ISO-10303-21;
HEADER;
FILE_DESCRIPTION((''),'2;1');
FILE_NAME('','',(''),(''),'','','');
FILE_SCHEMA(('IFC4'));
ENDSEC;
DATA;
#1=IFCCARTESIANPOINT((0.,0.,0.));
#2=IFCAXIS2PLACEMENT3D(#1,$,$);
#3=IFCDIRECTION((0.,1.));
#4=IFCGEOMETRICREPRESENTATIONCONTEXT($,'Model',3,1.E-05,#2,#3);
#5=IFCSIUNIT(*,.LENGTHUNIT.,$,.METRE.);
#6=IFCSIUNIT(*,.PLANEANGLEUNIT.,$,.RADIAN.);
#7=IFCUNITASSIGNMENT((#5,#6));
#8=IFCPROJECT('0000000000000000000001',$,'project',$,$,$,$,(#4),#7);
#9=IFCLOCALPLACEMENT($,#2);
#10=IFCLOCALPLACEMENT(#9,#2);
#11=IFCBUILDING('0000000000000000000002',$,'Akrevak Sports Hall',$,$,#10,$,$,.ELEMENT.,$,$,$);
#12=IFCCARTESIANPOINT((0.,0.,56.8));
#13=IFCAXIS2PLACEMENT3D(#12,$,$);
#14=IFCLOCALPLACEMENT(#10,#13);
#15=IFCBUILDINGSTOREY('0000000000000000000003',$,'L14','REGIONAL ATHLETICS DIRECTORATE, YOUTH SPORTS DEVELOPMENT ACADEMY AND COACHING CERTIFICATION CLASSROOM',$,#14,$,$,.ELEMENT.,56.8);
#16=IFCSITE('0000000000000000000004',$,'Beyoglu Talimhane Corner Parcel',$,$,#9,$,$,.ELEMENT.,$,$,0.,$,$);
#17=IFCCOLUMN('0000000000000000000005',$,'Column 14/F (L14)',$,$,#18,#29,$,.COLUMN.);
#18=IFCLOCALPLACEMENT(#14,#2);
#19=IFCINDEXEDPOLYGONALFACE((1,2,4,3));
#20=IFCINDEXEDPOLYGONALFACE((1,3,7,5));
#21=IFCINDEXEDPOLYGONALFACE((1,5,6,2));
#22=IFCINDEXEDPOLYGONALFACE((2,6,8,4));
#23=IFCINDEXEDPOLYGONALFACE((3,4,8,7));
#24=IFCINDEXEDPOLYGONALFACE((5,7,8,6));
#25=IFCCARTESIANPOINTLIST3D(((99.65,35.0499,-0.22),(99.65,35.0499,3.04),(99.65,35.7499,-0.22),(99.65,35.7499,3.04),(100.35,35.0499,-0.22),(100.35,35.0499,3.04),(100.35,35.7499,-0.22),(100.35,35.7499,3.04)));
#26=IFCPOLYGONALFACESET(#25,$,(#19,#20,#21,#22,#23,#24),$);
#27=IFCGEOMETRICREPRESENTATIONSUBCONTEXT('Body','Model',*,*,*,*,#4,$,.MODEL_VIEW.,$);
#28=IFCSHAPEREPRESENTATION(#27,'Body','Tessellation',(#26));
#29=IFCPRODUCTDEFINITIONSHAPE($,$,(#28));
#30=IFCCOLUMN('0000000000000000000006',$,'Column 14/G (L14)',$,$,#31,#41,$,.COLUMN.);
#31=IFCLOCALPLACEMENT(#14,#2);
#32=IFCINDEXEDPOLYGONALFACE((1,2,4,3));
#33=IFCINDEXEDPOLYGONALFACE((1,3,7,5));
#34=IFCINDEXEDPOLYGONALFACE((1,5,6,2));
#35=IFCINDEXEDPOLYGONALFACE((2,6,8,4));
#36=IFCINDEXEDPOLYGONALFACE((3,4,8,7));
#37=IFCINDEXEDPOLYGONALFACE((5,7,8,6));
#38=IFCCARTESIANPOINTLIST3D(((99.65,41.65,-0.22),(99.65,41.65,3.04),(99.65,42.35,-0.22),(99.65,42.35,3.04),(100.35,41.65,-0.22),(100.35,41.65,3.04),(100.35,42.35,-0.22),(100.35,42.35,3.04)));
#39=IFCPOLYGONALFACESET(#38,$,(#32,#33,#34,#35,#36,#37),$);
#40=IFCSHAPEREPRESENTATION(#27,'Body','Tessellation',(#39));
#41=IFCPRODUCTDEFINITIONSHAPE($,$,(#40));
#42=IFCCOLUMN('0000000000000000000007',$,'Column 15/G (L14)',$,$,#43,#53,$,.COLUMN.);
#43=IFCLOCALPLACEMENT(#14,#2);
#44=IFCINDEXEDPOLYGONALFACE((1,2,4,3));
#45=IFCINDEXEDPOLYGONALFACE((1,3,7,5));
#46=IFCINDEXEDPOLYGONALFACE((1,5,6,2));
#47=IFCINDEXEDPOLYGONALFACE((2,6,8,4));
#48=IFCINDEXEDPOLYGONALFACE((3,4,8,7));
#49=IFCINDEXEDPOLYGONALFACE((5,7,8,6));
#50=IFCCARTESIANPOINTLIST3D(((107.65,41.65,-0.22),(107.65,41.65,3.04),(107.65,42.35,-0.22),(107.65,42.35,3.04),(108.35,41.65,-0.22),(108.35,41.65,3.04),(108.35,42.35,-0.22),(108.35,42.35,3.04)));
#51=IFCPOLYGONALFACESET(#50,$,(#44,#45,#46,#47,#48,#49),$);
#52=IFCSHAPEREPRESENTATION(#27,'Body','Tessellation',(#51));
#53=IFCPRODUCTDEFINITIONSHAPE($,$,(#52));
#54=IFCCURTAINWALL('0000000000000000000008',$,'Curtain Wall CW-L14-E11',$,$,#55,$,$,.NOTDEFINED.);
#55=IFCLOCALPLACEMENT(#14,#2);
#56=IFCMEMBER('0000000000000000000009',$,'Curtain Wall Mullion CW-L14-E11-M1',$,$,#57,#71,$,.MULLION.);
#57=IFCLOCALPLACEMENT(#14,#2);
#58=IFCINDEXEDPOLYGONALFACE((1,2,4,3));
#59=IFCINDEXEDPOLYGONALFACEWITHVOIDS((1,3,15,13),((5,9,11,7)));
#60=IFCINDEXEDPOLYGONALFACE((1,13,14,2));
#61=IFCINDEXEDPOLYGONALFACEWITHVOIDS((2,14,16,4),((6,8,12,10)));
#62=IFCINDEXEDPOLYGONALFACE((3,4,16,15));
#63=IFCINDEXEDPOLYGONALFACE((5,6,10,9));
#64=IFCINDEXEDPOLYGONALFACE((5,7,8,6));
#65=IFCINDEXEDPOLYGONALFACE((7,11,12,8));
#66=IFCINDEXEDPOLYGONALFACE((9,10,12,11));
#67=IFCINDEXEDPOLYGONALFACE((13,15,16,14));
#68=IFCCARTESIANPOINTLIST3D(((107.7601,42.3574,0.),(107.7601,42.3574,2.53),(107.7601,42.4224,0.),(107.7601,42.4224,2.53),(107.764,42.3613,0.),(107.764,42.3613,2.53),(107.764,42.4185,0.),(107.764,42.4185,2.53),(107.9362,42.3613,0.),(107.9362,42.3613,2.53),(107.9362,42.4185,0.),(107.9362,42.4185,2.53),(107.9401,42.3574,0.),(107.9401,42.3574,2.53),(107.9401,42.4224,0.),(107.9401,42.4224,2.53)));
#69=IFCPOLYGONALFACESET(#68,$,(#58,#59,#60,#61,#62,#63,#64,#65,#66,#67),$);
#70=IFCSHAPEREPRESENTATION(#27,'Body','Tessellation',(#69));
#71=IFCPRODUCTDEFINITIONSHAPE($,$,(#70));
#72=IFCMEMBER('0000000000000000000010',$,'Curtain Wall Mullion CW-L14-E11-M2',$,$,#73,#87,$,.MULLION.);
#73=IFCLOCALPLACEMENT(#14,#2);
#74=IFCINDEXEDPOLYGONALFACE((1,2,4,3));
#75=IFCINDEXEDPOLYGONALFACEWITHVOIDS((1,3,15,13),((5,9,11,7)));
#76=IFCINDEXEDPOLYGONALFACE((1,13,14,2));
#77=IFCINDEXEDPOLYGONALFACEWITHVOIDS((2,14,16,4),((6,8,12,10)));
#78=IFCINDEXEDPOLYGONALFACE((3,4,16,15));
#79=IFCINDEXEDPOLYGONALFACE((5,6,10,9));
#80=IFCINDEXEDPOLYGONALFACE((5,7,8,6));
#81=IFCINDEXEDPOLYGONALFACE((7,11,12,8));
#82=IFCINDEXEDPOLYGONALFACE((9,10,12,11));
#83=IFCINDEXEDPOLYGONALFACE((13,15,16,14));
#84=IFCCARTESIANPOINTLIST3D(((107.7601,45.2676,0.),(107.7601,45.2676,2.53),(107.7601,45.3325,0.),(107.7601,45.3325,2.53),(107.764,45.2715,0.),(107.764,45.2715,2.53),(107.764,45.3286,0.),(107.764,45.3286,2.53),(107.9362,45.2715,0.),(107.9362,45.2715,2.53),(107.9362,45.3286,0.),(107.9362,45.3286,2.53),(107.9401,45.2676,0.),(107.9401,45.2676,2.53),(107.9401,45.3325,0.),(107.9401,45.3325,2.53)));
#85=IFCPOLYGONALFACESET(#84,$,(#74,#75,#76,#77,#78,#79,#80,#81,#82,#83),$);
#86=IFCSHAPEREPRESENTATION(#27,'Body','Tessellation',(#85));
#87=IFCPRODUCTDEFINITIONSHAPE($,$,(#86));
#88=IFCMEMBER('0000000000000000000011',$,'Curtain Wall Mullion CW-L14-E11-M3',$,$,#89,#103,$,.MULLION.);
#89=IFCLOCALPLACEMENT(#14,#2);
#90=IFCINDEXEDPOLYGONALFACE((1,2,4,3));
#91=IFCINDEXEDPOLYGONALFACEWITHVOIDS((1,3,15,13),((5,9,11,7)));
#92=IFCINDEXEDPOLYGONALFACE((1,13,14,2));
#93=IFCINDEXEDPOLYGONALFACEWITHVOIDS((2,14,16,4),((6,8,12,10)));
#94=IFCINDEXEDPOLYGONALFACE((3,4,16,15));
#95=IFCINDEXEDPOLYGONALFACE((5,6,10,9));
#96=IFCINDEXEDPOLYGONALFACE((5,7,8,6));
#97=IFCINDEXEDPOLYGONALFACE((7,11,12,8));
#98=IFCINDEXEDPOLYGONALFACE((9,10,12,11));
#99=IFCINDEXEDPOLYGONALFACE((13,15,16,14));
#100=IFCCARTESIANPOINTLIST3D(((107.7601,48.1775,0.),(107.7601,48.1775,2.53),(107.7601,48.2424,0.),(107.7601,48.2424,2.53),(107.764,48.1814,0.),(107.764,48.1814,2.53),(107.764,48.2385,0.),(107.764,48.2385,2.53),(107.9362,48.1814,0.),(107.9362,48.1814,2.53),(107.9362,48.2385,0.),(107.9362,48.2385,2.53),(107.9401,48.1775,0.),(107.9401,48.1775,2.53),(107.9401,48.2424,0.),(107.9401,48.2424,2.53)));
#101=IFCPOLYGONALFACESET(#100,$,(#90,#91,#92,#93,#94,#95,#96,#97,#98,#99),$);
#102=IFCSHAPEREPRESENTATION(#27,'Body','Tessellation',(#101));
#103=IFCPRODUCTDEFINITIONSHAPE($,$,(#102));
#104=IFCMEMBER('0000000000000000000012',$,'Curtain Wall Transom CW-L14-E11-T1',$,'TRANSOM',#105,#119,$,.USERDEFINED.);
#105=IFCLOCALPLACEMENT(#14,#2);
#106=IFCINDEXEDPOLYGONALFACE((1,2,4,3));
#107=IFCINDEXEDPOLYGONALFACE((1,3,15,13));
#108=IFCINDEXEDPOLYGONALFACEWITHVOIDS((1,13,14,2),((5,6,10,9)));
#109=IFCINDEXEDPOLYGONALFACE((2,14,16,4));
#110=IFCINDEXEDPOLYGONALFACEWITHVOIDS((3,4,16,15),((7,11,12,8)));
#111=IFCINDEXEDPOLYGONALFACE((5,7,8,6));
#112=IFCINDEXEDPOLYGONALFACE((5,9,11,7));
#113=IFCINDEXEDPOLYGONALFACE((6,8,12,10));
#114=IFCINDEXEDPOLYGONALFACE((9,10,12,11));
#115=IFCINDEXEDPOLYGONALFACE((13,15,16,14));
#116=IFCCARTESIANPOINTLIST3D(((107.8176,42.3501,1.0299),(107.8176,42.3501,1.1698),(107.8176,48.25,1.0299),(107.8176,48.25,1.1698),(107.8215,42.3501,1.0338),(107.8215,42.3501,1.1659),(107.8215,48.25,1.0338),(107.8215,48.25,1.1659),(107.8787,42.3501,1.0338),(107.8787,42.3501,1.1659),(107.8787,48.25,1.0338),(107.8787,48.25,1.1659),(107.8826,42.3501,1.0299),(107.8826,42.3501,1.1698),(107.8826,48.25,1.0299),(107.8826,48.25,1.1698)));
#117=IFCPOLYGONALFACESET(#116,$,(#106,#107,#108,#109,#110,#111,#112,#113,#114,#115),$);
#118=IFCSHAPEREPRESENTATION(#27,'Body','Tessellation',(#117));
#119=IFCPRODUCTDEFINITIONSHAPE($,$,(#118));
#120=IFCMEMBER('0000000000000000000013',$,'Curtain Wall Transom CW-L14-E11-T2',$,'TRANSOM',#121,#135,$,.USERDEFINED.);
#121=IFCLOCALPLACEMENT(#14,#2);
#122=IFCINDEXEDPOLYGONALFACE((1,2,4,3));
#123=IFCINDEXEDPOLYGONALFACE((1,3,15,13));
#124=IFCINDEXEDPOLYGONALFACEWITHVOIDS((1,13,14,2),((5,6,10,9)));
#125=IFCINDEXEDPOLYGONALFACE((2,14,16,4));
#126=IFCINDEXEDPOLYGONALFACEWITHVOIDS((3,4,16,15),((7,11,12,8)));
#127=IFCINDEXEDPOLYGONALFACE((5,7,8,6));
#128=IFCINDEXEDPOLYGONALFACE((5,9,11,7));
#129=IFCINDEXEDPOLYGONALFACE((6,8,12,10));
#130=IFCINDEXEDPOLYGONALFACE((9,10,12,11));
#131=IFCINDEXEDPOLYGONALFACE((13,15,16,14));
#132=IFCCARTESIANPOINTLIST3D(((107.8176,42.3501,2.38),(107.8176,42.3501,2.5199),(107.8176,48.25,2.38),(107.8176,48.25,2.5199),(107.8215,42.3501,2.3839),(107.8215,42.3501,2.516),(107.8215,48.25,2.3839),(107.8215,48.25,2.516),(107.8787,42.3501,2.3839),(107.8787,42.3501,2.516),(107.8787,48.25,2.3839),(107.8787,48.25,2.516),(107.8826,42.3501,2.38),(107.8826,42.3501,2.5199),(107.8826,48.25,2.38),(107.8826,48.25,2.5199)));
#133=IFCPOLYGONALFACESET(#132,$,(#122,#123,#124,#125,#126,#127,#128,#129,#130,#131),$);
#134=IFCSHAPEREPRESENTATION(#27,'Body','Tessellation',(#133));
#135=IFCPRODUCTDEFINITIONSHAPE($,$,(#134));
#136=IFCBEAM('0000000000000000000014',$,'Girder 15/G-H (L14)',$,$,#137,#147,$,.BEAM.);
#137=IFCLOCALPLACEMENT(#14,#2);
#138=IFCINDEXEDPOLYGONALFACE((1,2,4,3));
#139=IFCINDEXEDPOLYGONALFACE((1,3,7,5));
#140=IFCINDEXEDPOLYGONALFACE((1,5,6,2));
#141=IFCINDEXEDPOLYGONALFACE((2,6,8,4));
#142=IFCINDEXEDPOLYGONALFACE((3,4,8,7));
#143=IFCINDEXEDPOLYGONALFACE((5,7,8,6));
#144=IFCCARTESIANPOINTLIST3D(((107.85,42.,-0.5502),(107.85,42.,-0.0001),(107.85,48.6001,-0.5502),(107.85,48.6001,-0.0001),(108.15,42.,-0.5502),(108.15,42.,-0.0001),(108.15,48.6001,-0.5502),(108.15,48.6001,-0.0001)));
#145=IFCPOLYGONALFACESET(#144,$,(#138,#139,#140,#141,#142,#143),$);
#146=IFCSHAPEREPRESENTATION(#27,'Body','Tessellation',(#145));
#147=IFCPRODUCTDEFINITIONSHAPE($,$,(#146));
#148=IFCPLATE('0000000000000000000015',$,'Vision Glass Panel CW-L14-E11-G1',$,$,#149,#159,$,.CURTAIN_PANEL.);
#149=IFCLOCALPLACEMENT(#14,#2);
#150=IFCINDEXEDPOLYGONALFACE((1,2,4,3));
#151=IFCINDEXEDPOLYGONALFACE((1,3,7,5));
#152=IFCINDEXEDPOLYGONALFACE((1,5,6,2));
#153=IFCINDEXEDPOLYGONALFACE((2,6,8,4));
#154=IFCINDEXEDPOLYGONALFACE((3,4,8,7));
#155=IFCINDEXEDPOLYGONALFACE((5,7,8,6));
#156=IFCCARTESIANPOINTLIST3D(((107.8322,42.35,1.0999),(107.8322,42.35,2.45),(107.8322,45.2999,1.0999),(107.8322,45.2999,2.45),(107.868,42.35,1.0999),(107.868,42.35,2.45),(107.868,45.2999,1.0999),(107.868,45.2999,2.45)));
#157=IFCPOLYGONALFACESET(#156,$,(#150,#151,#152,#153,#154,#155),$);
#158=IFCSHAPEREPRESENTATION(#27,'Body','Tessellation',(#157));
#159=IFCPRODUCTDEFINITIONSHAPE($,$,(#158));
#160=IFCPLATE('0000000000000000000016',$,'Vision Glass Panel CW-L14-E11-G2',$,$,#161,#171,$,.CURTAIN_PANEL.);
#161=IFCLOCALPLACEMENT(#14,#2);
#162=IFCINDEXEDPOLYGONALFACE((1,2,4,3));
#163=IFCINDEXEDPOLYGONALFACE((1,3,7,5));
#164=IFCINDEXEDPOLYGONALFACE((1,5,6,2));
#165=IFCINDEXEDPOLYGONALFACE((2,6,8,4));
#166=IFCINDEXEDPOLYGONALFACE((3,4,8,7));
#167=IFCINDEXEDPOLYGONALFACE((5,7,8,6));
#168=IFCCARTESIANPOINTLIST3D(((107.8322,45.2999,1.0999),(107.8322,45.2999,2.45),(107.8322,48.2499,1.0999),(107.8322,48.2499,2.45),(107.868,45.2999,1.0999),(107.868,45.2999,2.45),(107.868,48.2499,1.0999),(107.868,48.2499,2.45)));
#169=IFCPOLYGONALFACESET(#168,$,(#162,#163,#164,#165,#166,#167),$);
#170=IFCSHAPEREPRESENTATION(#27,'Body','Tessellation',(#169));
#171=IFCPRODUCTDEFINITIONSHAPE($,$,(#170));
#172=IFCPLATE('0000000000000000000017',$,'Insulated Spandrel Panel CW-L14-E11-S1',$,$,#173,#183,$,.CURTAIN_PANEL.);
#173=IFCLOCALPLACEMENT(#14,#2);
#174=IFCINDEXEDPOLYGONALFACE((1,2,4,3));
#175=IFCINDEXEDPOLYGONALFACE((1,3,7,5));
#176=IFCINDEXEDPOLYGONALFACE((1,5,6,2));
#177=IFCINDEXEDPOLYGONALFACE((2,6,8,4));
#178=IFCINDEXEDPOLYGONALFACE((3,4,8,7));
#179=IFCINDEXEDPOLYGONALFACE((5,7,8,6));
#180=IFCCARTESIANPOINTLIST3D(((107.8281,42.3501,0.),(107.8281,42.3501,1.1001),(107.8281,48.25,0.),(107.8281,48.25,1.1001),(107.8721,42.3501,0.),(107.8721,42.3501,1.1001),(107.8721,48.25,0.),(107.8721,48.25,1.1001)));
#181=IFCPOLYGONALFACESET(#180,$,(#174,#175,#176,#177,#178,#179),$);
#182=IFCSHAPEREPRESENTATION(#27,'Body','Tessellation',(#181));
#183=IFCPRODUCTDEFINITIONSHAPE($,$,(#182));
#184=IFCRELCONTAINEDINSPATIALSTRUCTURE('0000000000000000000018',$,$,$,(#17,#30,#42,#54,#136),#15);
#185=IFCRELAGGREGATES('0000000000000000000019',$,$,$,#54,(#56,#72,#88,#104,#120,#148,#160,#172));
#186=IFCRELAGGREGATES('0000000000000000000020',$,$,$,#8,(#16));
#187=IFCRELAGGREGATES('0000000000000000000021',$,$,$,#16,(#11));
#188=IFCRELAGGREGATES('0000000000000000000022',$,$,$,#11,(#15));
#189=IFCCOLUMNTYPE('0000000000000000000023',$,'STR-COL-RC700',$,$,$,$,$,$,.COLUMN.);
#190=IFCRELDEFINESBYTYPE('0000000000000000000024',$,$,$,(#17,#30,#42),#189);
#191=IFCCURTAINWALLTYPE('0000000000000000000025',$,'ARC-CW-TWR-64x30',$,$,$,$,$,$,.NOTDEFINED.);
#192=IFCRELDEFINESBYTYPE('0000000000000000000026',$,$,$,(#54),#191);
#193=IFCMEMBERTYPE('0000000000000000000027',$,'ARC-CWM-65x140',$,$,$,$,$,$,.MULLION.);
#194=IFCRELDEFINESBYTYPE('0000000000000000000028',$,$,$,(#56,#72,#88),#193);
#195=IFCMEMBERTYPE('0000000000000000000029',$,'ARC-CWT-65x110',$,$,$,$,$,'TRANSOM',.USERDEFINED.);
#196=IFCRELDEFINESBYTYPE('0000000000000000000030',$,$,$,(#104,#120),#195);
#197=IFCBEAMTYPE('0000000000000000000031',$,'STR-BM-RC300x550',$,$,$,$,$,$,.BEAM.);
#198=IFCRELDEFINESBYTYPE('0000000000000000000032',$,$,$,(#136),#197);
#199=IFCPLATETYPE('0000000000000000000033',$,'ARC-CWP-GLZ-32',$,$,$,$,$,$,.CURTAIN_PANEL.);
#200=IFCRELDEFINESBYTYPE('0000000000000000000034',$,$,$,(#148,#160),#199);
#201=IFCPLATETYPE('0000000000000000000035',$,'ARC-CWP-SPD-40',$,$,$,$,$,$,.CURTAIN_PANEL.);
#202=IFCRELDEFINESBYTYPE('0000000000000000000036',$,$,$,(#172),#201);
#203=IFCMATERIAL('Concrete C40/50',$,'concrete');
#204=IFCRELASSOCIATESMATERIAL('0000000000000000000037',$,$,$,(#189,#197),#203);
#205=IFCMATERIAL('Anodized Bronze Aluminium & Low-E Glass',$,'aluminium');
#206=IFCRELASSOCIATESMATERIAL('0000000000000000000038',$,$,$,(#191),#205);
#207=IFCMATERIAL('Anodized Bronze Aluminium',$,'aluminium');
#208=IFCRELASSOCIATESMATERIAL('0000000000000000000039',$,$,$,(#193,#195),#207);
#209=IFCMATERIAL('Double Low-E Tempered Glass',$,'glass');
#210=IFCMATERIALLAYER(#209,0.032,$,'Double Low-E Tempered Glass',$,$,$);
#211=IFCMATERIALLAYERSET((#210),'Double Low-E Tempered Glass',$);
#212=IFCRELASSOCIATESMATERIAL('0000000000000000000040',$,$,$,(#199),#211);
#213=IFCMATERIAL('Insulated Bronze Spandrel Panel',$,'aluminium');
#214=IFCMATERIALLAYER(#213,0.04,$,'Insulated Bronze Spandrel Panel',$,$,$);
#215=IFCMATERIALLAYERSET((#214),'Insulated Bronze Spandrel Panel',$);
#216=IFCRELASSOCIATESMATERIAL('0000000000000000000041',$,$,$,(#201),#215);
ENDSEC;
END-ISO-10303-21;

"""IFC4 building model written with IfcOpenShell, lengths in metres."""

from ifc_helpers import new_model, si_unit, direction, frame, origin, origin_2d, place, context, subcontext, project, spatial, rectangle, hollow_rectangle, extrude, material, layer, layer_set, material_profile, profile_set, type_object, element, aggregate, save


model = new_model("IFC4")

# Units and contexts
model_context = context("Model", 3, precision=1e-05, world=origin(), true_north=direction((0.0, 1.0)))
body_context = subcontext(model_context, "Body", "Model", "MODEL_VIEW")
ifc_project = project(units=[si_unit("LENGTHUNIT", "METRE"), si_unit("PLANEANGLEUNIT", "RADIAN")], contexts=[model_context])

# Site, building, storey
site_placement = place(None, origin())
site = spatial("IfcSite", under=ifc_project, at=site_placement, Name="Beyoglu Talimhane Corner Parcel", CompositionType="ELEMENT", RefElevation=0.0)
building_placement = place(site_placement, origin())
building = spatial("IfcBuilding", under=site, at=building_placement, Name="Akrevak Sports Hall", CompositionType="ELEMENT")
storey_placement = place(building_placement, frame((0.0, 0.0, 56.8)))
storey = spatial("IfcBuildingStorey", under=building, at=storey_placement, Name="L14", Description="REGIONAL ATHLETICS DIRECTORATE, YOUTH SPORTS DEVELOPMENT ACADEMY AND COACHING CERTIFICATION CLASSROOM", CompositionType="ELEMENT", Elevation=56.8)

# Columns
ifc_material_1 = material(Name="Concrete C40/50", Category="concrete")
ifc_material_profile_1 = material_profile(ifc_material_1, rectangle(XDim=0.7, YDim=0.7, at=origin_2d()), Name="RC 700x700", Category="concrete")
ifc_profile_set_1 = profile_set([ifc_material_profile_1], Name="Concrete C40/50")
column_type = type_object("IfcColumnType", Name="STR-COL-RC700", PredefinedType="COLUMN", material=ifc_profile_set_1)
for number, where, z_axis, x_axis, name in (
    (1, (100.0, 35.3999, -0.22), (0.0, 0.0, 1.0), (1.0, 0.0, 0.0), "Column 14/F (L14)"),
    (2, (100.0, 42.0, -0.22), (0.0, 0.0, 1.0), (1.0, 0.0, 0.0), "Column 14/G (L14)"),
    (3, (108.0, 42.0, -0.22), (0.0, 0.0, 1.0), (1.0, 0.0, 0.0), "Column 15/G (L14)"),
):
    element("IfcColumn", number, at=place(storey_placement, frame(where, z_axis=z_axis, x_axis=x_axis)), inside=storey, type_object=column_type, Name=name, PredefinedType="COLUMN", context=body_context, shape_type="SweptSolid", body=[
        extrude(rectangle(XDim=0.7, YDim=0.7, at=origin_2d()), origin(), (0.0, 0.0, 1.0), 3.26),
    ])

# Curtain wall, members
ifc_material_2 = material(Name="Anodized Bronze Aluminium & Low-E Glass", Category="aluminium")
curtain_wall_type = type_object("IfcCurtainWallType", Name="ARC-CW-TWR-64x30", PredefinedType="NOTDEFINED", material=ifc_material_2)
curtain_wall_placement = place(storey_placement, origin())
curtain_wall = element("IfcCurtainWall", 4, at=curtain_wall_placement, inside=storey, type_object=curtain_wall_type, Name="Curtain Wall CW-L14-E11", PredefinedType="NOTDEFINED")
ifc_material_3 = material(Name="Anodized Bronze Aluminium", Category="aluminium")
ifc_material_profile_2 = material_profile(ifc_material_3, hollow_rectangle(XDim=0.0649, YDim=0.1799, WallThickness=0.0039, at=origin_2d()), Name="CWM 65x180", Category="aluminium")
ifc_profile_set_2 = profile_set([ifc_material_profile_2], Name="Anodized Bronze Aluminium")
member_type_1 = type_object("IfcMemberType", Name="ARC-CWM-65x140", PredefinedType="MULLION", material=ifc_profile_set_2)
member_1_placement = place(storey_placement, frame((107.8501, 42.3899, 0.0), z_axis=(0.0, 0.0, 1.0), x_axis=(0.0, 1.0, 0.0)))
member_1 = element("IfcMember", 5, at=member_1_placement, type_object=member_type_1, Name="Curtain Wall Mullion CW-L14-E11-M1", PredefinedType="MULLION", context=body_context, shape_type="SweptSolid", body=[
    extrude(hollow_rectangle(XDim=0.0649, YDim=0.1799, WallThickness=0.0039, at=origin_2d()), origin(), (0.0, 0.0, 1.0), 2.53),
])
member_2_placement = place(storey_placement, frame((107.8501, 45.3, 0.0), z_axis=(0.0, 0.0, 1.0), x_axis=(0.0, 1.0, 0.0)))
member_2 = element("IfcMember", 6, at=member_2_placement, type_object=member_type_1, Name="Curtain Wall Mullion CW-L14-E11-M2", PredefinedType="MULLION", context=body_context, shape_type="SweptSolid", body=[
    extrude(hollow_rectangle(XDim=0.0649, YDim=0.1799, WallThickness=0.0039, at=origin_2d()), origin(), (0.0, 0.0, 1.0), 2.53),
])
member_3_placement = place(storey_placement, frame((107.8501, 48.21, 0.0), z_axis=(0.0, 0.0, 1.0), x_axis=(0.0, 1.0, 0.0)))
member_3 = element("IfcMember", 7, at=member_3_placement, type_object=member_type_1, Name="Curtain Wall Mullion CW-L14-E11-M3", PredefinedType="MULLION", context=body_context, shape_type="SweptSolid", body=[
    extrude(hollow_rectangle(XDim=0.0649, YDim=0.1799, WallThickness=0.0039, at=origin_2d()), origin(), (0.0, 0.0, 1.0), 2.53),
])
ifc_material_profile_3 = material_profile(ifc_material_3, hollow_rectangle(XDim=0.0649, YDim=0.1399, WallThickness=0.0039, at=origin_2d()), Name="CWT 65x140", Category="aluminium")
ifc_profile_set_3 = profile_set([ifc_material_profile_3], Name="Anodized Bronze Aluminium")
member_type_2 = type_object("IfcMemberType", Name="ARC-CWT-65x110", ElementType="TRANSOM", PredefinedType="USERDEFINED", material=ifc_profile_set_3)
member_4_placement = place(storey_placement, frame((107.8501, 42.3501, 1.0999), z_axis=(0.0, 1.0, 0.0), x_axis=(-1.0, 0.0, 0.0)))
member_4 = element("IfcMember", 8, at=member_4_placement, type_object=member_type_2, Name="Curtain Wall Transom CW-L14-E11-T1", ObjectType="TRANSOM", PredefinedType="USERDEFINED", context=body_context, shape_type="SweptSolid", body=[
    extrude(hollow_rectangle(XDim=0.0649, YDim=0.1399, WallThickness=0.0039, at=origin_2d()), origin(), (0.0, 0.0, 1.0), 5.8999),
])
member_5_placement = place(storey_placement, frame((107.8501, 42.3501, 2.45), z_axis=(0.0, 1.0, 0.0), x_axis=(-1.0, 0.0, 0.0)))
member_5 = element("IfcMember", 9, at=member_5_placement, type_object=member_type_2, Name="Curtain Wall Transom CW-L14-E11-T2", ObjectType="TRANSOM", PredefinedType="USERDEFINED", context=body_context, shape_type="SweptSolid", body=[
    extrude(hollow_rectangle(XDim=0.0649, YDim=0.1399, WallThickness=0.0039, at=origin_2d()), origin(), (0.0, 0.0, 1.0), 5.8999),
])

# Beam
ifc_material_profile_4 = material_profile(ifc_material_1, rectangle(XDim=0.3, YDim=0.55, at=origin_2d()), Name="BM 300x550", Category="concrete")
ifc_profile_set_4 = profile_set([ifc_material_profile_4], Name="Concrete C40/50")
beam_type = type_object("IfcBeamType", Name="STR-BM-RC300x550", PredefinedType="BEAM", material=ifc_profile_set_4)
beam_placement = place(storey_placement, frame((108.0, 42.0, -0.2751), z_axis=(0.0, 1.0, 0.0), x_axis=(-1.0, 0.0, 0.0)))
element("IfcBeam", 10, at=beam_placement, inside=storey, type_object=beam_type, Name="Girder 15/G-H (L14)", PredefinedType="BEAM", context=body_context, shape_type="SweptSolid", body=[
    extrude(rectangle(XDim=0.3, YDim=0.55, at=origin_2d()), origin(), (0.0, 0.0, 1.0), 6.6001),
])

# Plates
ifc_material_4 = material(Name="Double Low-E Tempered Glass", Category="glass")
ifc_layer_1 = layer(ifc_material_4, 0.032, Name="Double Low-E Tempered Glass")
ifc_layer_set_1 = layer_set([ifc_layer_1], Name="Double Low-E Tempered Glass")
plate_type_1 = type_object("IfcPlateType", Name="ARC-CWP-GLZ-32", PredefinedType="CURTAIN_PANEL", material=ifc_layer_set_1)
plate_1_placement = place(storey_placement, frame((107.8501, 43.825, 1.0999), z_axis=(0.0, 0.0, 1.0), x_axis=(0.0, 1.0, 0.0)))
plate_1 = element("IfcPlate", 11, at=plate_1_placement, type_object=plate_type_1, Name="Vision Glass Panel CW-L14-E11-G1", PredefinedType="CURTAIN_PANEL", context=body_context, shape_type="SweptSolid", body=[
    extrude(rectangle(XDim=2.95, YDim=0.0359, at=origin_2d()), origin(), (0.0, 0.0, 1.0), 1.3501),
])
plate_2_placement = place(storey_placement, frame((107.8501, 46.7749, 1.0999), z_axis=(0.0, 0.0, 1.0), x_axis=(0.0, 1.0, 0.0)))
plate_2 = element("IfcPlate", 12, at=plate_2_placement, type_object=plate_type_1, Name="Vision Glass Panel CW-L14-E11-G2", PredefinedType="CURTAIN_PANEL", context=body_context, shape_type="SweptSolid", body=[
    extrude(rectangle(XDim=2.95, YDim=0.0359, at=origin_2d()), origin(), (0.0, 0.0, 1.0), 1.3501),
])
ifc_material_5 = material(Name="Insulated Bronze Spandrel Panel", Category="aluminium")
ifc_layer_2 = layer(ifc_material_5, 0.04, Name="Insulated Bronze Spandrel Panel")
ifc_layer_set_2 = layer_set([ifc_layer_2], Name="Insulated Bronze Spandrel Panel")
plate_type_2 = type_object("IfcPlateType", Name="ARC-CWP-SPD-40", PredefinedType="CURTAIN_PANEL", material=ifc_layer_set_2)
plate_3_placement = place(storey_placement, frame((107.8501, 45.3, 0.0), z_axis=(0.0, 0.0, 1.0), x_axis=(0.0, 1.0, 0.0)))
plate_3 = element("IfcPlate", 13, at=plate_3_placement, type_object=plate_type_2, Name="Insulated Spandrel Panel CW-L14-E11-S1", PredefinedType="CURTAIN_PANEL", context=body_context, shape_type="SweptSolid", body=[
    extrude(rectangle(XDim=5.8999, YDim=0.0439, at=origin_2d()), origin(), (0.0, 0.0, 1.0), 1.1001),
])
aggregate(curtain_wall, [member_1, member_2, member_3, member_4, member_5, plate_1, plate_2, plate_3])

save(model, "model.ifc")
